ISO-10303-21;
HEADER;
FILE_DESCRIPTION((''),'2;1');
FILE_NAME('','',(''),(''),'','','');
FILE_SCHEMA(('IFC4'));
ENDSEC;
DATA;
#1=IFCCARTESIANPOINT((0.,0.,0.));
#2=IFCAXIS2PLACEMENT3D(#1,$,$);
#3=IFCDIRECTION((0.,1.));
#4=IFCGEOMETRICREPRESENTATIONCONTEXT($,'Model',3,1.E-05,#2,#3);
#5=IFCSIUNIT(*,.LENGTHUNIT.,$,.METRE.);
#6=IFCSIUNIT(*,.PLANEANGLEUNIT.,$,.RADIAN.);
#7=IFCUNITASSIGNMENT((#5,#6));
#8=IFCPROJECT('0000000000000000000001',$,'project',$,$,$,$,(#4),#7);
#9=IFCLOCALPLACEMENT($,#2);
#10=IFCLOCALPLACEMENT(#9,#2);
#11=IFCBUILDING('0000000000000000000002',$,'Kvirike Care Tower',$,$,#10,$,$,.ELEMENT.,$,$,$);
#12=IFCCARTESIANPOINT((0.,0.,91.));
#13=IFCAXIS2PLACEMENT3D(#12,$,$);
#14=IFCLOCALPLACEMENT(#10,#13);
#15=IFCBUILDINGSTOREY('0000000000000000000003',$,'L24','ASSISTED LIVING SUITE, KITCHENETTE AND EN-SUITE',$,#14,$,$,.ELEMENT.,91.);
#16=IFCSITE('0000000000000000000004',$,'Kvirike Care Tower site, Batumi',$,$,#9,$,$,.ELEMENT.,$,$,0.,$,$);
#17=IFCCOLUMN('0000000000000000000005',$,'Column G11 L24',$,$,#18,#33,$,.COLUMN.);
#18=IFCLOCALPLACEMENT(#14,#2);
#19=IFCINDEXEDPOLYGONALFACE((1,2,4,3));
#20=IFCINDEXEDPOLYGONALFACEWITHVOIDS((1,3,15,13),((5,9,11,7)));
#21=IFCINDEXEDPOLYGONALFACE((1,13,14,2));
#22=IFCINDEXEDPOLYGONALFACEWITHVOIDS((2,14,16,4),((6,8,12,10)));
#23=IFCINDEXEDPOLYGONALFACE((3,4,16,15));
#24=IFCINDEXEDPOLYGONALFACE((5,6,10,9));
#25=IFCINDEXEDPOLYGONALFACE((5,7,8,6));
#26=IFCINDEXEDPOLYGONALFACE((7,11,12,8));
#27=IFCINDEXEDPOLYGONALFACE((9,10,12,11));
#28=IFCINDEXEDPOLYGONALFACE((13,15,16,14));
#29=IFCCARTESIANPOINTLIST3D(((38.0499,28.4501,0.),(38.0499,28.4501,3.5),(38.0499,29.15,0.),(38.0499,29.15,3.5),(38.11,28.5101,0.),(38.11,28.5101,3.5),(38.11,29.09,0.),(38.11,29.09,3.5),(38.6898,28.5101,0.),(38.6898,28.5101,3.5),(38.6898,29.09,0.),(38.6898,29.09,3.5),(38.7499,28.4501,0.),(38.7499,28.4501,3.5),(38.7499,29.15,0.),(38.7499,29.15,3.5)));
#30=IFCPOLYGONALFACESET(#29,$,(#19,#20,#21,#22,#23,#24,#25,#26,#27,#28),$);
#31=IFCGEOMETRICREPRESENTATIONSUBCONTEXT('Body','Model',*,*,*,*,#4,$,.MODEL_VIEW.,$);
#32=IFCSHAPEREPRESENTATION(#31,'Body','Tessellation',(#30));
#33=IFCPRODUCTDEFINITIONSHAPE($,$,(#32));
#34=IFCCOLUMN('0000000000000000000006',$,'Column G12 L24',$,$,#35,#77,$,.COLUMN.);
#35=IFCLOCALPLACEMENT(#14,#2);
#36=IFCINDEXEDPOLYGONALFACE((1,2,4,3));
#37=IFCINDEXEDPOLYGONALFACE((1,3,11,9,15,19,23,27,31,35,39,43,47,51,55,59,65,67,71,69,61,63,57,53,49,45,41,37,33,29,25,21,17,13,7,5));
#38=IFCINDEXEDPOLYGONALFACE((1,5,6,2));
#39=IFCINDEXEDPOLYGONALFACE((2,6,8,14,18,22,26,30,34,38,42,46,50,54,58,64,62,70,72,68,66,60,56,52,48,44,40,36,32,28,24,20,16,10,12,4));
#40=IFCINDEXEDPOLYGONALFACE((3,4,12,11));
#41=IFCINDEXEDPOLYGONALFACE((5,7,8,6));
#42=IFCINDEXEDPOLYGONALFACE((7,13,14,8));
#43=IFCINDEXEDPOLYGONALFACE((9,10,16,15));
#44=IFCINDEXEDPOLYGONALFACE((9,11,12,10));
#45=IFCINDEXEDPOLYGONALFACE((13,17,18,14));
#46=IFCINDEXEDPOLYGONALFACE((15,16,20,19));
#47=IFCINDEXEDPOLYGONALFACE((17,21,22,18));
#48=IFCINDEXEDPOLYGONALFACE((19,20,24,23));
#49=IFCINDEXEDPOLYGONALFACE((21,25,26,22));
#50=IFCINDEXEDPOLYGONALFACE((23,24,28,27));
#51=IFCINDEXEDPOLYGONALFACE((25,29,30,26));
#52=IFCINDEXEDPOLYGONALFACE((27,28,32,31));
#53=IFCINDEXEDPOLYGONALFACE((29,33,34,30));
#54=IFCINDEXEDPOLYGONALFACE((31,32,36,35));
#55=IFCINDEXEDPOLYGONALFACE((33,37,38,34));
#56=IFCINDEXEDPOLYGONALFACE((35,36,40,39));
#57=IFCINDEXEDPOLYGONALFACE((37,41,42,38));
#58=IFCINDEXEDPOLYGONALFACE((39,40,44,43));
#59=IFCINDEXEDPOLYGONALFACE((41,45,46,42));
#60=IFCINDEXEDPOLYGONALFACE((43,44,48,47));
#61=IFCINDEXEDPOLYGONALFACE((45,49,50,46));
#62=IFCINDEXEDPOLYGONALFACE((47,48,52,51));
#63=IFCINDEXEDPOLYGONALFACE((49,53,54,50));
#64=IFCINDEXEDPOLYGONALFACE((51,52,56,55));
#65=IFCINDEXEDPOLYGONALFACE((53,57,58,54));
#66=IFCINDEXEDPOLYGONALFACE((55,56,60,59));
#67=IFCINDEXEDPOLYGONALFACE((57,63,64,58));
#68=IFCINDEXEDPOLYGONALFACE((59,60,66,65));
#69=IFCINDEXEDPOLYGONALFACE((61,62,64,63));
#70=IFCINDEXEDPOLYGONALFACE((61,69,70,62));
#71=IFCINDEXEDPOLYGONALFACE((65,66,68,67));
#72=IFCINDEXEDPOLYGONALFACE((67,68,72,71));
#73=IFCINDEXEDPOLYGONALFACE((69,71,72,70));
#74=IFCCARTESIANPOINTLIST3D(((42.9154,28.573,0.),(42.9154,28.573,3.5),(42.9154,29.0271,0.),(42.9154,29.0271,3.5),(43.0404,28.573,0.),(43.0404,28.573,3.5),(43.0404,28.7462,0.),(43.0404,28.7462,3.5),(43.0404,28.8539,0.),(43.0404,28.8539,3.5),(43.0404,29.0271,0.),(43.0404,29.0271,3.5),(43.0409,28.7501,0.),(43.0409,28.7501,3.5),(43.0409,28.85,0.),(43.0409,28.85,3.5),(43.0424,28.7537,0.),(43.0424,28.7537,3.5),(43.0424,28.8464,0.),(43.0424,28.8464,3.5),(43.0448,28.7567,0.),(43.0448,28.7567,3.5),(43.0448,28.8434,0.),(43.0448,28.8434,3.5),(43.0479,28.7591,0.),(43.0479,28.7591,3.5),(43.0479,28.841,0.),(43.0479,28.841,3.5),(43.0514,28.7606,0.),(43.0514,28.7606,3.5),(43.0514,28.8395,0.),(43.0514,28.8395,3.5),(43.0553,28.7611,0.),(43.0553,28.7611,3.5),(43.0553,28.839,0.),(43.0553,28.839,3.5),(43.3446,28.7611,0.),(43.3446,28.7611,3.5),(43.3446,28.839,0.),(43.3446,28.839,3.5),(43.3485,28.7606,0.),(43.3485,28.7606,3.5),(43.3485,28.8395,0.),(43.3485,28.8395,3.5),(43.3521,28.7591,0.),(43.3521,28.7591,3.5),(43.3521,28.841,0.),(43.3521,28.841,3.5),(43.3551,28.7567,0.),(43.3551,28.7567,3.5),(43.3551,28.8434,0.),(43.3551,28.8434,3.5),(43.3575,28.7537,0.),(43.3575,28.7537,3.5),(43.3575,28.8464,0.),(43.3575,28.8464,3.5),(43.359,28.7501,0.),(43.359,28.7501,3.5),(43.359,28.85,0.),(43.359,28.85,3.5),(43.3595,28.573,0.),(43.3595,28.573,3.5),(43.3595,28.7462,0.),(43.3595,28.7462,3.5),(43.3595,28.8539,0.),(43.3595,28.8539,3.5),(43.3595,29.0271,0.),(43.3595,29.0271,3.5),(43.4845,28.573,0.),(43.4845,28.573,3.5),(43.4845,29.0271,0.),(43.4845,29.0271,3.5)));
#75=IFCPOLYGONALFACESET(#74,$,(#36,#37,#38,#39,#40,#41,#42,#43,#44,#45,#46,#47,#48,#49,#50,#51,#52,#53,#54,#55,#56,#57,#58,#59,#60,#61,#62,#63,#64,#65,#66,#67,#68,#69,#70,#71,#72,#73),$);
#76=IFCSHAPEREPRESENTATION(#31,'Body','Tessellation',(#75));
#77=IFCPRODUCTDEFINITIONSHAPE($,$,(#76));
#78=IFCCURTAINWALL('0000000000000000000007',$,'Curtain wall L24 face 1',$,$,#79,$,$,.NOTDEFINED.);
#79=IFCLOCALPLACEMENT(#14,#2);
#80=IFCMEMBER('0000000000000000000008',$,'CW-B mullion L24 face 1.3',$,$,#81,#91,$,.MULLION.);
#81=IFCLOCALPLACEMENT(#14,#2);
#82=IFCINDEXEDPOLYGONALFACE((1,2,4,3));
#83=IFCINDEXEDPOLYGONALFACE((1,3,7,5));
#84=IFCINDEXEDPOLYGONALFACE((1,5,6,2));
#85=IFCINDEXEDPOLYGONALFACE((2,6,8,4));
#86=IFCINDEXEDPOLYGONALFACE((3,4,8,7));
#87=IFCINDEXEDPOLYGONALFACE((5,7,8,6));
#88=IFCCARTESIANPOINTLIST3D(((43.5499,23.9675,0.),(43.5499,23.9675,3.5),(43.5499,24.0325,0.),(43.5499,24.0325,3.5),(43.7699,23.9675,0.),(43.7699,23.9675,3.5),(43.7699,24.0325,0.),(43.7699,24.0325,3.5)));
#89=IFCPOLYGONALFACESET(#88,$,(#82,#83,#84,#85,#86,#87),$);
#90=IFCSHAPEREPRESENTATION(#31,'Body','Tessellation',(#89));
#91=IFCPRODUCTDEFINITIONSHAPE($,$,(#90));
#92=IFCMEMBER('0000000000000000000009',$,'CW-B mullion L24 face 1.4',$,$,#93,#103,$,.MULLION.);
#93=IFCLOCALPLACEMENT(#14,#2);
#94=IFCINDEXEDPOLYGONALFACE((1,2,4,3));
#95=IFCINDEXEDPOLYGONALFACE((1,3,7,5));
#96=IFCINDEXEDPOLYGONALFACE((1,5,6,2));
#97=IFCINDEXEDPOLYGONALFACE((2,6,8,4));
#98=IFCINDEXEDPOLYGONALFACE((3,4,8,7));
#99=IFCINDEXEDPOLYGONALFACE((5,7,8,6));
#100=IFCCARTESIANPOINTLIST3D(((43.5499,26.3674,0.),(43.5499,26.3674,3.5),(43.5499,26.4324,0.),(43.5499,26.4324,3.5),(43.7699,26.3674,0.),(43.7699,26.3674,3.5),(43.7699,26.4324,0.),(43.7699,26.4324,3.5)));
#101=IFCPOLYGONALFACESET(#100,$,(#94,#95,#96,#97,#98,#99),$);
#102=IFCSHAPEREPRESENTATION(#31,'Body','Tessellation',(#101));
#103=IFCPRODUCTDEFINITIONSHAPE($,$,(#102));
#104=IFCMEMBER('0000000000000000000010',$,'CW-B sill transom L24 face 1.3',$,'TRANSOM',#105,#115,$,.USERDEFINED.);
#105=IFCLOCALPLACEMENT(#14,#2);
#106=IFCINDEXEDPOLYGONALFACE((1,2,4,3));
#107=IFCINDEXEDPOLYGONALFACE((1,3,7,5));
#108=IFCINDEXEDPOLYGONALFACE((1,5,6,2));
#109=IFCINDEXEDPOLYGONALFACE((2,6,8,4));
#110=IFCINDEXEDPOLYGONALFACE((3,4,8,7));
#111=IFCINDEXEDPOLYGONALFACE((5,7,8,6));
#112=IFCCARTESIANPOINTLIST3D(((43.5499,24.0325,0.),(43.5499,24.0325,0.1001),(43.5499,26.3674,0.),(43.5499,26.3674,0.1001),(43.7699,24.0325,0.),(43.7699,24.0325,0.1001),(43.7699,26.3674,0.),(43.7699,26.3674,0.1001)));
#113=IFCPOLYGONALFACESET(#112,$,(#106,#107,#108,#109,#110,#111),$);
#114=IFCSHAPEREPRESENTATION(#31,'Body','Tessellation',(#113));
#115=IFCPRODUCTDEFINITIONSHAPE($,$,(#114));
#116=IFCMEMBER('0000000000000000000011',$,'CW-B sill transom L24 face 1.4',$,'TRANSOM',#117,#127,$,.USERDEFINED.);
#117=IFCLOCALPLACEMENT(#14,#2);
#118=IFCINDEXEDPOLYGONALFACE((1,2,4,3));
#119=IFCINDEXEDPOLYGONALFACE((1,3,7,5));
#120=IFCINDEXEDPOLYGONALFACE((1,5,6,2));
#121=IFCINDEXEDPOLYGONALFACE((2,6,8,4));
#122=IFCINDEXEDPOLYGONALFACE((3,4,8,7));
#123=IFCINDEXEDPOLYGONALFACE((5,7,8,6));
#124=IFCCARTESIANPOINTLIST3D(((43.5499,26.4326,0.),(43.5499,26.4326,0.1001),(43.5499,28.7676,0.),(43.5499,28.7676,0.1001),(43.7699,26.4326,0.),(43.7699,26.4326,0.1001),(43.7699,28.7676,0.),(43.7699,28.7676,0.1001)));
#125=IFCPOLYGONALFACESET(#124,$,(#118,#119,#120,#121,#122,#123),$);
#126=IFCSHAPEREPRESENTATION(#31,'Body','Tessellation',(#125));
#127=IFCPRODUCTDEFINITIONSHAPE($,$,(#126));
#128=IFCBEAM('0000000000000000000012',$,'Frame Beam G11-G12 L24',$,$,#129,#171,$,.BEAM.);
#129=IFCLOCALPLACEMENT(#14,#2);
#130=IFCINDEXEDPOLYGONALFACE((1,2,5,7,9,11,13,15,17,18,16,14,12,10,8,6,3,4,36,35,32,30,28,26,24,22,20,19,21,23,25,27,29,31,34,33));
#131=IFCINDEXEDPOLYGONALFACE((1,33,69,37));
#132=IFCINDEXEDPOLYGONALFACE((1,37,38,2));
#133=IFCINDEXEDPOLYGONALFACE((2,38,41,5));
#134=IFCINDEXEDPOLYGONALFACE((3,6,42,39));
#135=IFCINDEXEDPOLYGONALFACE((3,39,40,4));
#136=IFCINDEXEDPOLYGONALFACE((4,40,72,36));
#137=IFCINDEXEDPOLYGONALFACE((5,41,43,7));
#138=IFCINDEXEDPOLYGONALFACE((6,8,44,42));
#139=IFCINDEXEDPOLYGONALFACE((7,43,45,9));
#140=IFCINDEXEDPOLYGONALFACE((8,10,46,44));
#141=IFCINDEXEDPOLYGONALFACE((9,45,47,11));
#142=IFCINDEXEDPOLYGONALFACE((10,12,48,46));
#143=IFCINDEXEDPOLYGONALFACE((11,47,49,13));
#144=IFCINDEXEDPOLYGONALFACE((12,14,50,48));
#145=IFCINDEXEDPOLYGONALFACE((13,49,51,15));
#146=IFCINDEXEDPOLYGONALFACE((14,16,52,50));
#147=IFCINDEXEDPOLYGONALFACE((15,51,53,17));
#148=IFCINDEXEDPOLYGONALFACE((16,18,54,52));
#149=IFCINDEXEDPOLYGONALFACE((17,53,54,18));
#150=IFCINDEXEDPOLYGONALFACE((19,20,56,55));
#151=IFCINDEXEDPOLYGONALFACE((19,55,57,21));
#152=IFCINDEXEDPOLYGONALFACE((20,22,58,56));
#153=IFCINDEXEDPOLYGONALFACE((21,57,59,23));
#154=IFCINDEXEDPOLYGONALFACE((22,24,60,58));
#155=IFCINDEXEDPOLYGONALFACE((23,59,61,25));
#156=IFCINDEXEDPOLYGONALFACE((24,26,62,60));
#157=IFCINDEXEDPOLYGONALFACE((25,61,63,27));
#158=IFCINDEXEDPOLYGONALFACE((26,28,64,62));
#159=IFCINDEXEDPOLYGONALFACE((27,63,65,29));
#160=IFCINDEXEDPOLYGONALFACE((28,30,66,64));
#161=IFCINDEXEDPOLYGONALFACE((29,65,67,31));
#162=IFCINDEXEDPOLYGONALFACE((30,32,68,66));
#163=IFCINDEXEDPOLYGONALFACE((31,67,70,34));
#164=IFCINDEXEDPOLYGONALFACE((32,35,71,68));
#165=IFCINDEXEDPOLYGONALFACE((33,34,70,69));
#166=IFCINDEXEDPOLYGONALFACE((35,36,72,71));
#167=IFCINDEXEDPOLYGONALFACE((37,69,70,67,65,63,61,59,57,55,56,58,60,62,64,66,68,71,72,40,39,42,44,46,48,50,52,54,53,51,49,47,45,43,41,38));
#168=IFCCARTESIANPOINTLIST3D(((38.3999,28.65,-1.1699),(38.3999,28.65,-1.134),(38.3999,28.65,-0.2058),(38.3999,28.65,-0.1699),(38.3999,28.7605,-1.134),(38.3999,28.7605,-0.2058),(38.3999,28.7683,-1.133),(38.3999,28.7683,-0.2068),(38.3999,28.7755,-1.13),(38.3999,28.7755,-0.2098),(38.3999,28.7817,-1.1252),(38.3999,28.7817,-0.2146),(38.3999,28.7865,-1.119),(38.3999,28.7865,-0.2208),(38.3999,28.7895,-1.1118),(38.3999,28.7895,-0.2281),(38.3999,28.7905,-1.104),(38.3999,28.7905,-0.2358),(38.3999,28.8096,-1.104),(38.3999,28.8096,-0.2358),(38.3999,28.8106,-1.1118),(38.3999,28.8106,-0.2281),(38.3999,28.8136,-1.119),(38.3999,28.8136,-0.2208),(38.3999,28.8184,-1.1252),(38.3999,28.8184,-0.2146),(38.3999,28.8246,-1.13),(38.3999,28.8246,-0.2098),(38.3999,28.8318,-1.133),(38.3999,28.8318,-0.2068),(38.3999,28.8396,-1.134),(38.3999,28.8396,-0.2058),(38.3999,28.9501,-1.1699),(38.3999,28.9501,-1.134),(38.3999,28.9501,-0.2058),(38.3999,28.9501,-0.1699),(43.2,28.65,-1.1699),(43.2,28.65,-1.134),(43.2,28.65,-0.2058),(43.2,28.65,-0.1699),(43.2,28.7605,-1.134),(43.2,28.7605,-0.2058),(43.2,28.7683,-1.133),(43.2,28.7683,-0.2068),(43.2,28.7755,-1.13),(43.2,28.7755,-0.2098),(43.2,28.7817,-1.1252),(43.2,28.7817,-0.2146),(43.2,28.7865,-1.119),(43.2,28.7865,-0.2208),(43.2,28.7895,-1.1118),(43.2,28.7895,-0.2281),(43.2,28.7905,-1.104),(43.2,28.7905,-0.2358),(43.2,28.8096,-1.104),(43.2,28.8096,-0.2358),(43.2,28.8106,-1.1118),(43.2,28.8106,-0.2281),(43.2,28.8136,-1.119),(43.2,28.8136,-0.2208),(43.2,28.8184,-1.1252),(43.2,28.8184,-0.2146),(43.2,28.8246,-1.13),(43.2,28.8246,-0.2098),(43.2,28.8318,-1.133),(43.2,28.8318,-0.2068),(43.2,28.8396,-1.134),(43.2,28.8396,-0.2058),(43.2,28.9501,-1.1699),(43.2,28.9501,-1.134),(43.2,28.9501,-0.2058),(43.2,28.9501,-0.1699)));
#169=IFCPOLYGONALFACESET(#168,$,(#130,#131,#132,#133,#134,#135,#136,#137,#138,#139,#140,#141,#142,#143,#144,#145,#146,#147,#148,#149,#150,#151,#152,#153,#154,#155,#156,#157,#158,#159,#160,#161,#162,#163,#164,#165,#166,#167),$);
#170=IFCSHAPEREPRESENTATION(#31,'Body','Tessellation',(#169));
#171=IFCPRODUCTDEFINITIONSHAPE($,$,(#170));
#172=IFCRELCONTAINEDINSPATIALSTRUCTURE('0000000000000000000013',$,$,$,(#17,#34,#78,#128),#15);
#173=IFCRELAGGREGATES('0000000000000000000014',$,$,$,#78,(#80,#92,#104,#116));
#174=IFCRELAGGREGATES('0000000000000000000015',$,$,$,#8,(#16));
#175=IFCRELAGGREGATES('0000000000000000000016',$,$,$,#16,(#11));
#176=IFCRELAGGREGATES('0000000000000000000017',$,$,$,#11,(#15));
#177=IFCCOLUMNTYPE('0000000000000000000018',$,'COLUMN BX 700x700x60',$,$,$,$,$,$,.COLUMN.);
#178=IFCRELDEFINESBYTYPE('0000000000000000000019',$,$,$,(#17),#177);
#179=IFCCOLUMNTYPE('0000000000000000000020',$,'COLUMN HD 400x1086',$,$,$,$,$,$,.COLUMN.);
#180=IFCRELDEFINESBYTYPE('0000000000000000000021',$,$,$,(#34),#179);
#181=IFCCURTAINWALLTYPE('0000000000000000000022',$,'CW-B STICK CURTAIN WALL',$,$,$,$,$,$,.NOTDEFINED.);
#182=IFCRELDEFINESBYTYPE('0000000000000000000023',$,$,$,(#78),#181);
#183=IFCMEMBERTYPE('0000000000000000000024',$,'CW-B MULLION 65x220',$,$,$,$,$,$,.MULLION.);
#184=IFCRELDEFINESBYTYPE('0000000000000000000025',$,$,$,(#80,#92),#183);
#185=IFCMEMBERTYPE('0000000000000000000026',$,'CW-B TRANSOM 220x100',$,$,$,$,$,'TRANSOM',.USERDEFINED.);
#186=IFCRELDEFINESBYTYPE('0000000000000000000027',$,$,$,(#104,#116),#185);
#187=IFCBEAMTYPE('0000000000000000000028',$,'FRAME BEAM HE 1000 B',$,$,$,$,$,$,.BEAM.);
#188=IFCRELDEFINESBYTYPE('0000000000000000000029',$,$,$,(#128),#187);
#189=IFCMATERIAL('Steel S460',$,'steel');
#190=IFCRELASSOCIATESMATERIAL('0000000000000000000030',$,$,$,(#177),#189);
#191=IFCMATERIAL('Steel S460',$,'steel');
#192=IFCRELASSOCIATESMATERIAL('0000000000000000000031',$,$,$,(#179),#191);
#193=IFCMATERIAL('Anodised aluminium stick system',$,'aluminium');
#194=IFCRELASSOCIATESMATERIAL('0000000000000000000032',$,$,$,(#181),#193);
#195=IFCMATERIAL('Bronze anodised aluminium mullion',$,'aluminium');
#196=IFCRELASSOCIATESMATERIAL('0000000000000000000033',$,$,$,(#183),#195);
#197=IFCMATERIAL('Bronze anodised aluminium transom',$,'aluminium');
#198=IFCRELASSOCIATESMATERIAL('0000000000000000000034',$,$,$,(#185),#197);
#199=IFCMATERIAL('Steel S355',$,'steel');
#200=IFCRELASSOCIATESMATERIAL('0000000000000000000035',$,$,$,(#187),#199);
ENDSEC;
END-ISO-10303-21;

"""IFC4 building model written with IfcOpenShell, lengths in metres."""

from ifc_helpers import new_model, si_unit, direction, frame, origin, origin_2d, place, context, subcontext, project, spatial, rectangle, hollow_rectangle, i_section, extrude, material, material_profile, profile_set, type_object, element, aggregate, save


model = new_model("IFC4")

# Units and contexts
model_context = context("Model", 3, precision=1e-05, world=origin(), true_north=direction((0.0, 1.0)))
body_context = subcontext(model_context, "Body", "Model", "MODEL_VIEW")
ifc_project = project(units=[si_unit("LENGTHUNIT", "METRE"), si_unit("PLANEANGLEUNIT", "RADIAN")], contexts=[model_context])

# Site, building, storey
site_placement = place(None, origin())
site = spatial("IfcSite", under=ifc_project, at=site_placement, Name="Kvirike Care Tower site, Batumi", CompositionType="ELEMENT", RefElevation=0.0)
building_placement = place(site_placement, origin())
building = spatial("IfcBuilding", under=site, at=building_placement, Name="Kvirike Care Tower", CompositionType="ELEMENT")
storey_placement = place(building_placement, frame((0.0, 0.0, 91.0)))
storey = spatial("IfcBuildingStorey", under=building, at=storey_placement, Name="L24", Description="ASSISTED LIVING SUITE, KITCHENETTE AND EN-SUITE", CompositionType="ELEMENT", Elevation=91.0)

# Columns
ifc_material_1 = material(Name="Steel S460", Category="steel")
ifc_material_profile_1 = material_profile(ifc_material_1, hollow_rectangle(XDim=0.7, YDim=0.7, WallThickness=0.0601, at=origin_2d()), Name="BX 700x700x60")
ifc_profile_set_1 = profile_set([ifc_material_profile_1], Name="Steel S460")
column_type_1 = type_object("IfcColumnType", Name="COLUMN BX 700x700x60", PredefinedType="COLUMN", material=ifc_profile_set_1)
column_1_placement = place(storey_placement, frame((38.3999, 28.8, 0.0), z_axis=(0.0, 0.0, 1.0), x_axis=(0.0, 1.0, 0.0)))
element("IfcColumn", 1, at=column_1_placement, inside=storey, type_object=column_type_1, Name="Column G11 L24", PredefinedType="COLUMN", context=body_context, shape_type="SweptSolid", body=[
    extrude(hollow_rectangle(XDim=0.7, YDim=0.7, WallThickness=0.0601, at=origin_2d()), origin(), (0.0, 0.0, 1.0), 3.5),
])
ifc_material_2 = material(Name="Steel S460", Category="steel")
ifc_material_profile_2 = material_profile(ifc_material_2, i_section(OverallWidth=0.4541, OverallDepth=0.5691, WebThickness=0.0779, FlangeThickness=0.125, FilletRadius=0.0149, at=origin_2d()), Name="HD 400x1086")
ifc_profile_set_2 = profile_set([ifc_material_profile_2], Name="Steel S460")
column_type_2 = type_object("IfcColumnType", Name="COLUMN HD 400x1086", PredefinedType="COLUMN", material=ifc_profile_set_2)
column_2_placement = place(storey_placement, frame((43.2, 28.8, 0.0), z_axis=(0.0, 0.0, 1.0), x_axis=(0.0, 1.0, 0.0)))
element("IfcColumn", 2, at=column_2_placement, inside=storey, type_object=column_type_2, Name="Column G12 L24", PredefinedType="COLUMN", context=body_context, shape_type="SweptSolid", body=[
    extrude(i_section(OverallWidth=0.4541, OverallDepth=0.5691, WebThickness=0.0779, FlangeThickness=0.125, FilletRadius=0.0149, at=origin_2d()), origin(), (0.0, 0.0, 1.0), 3.5),
])

# Curtain wall, members
ifc_material_3 = material(Name="Anodised aluminium stick system", Category="aluminium")
curtain_wall_type = type_object("IfcCurtainWallType", Name="CW-B STICK CURTAIN WALL", PredefinedType="NOTDEFINED", material=ifc_material_3)
curtain_wall_placement = place(storey_placement, origin())
curtain_wall = element("IfcCurtainWall", 3, at=curtain_wall_placement, inside=storey, type_object=curtain_wall_type, Name="Curtain wall L24 face 1", PredefinedType="NOTDEFINED")
ifc_material_4 = material(Name="Bronze anodised aluminium mullion", Category="aluminium")
ifc_material_profile_3 = material_profile(ifc_material_4, rectangle(XDim=0.0649, YDim=0.22, at=origin_2d()), Name="CW-B MULLION 65x220")
ifc_profile_set_3 = profile_set([ifc_material_profile_3], Name="Bronze anodised aluminium mullion")
member_type_1 = type_object("IfcMemberType", Name="CW-B MULLION 65x220", PredefinedType="MULLION", material=ifc_profile_set_3)
member_1_placement = place(storey_placement, frame((43.6599, 24.0, 0.0), z_axis=(0.0, 0.0, 1.0), x_axis=(0.0, 1.0, 0.0)))
member_1 = element("IfcMember", 4, at=member_1_placement, type_object=member_type_1, Name="CW-B mullion L24 face 1.3", PredefinedType="MULLION", context=body_context, shape_type="SweptSolid", body=[
    extrude(rectangle(XDim=0.0649, YDim=0.22, at=origin_2d()), origin(), (0.0, 0.0, 1.0), 3.5),
])
member_2_placement = place(storey_placement, frame((43.6599, 26.3999, 0.0), z_axis=(0.0, 0.0, 1.0), x_axis=(0.0, 1.0, 0.0)))
member_2 = element("IfcMember", 5, at=member_2_placement, type_object=member_type_1, Name="CW-B mullion L24 face 1.4", PredefinedType="MULLION", context=body_context, shape_type="SweptSolid", body=[
    extrude(rectangle(XDim=0.0649, YDim=0.22, at=origin_2d()), origin(), (0.0, 0.0, 1.0), 3.5),
])
ifc_material_5 = material(Name="Bronze anodised aluminium transom", Category="aluminium")
ifc_material_profile_4 = material_profile(ifc_material_5, rectangle(XDim=0.22, YDim=0.1001, at=origin_2d()), Name="CW-B TRANSOM 220x100")
ifc_profile_set_4 = profile_set([ifc_material_profile_4], Name="Bronze anodised aluminium transom")
member_type_2 = type_object("IfcMemberType", Name="CW-B TRANSOM 220x100", ElementType="TRANSOM", PredefinedType="USERDEFINED", material=ifc_profile_set_4)
member_3_placement = place(storey_placement, frame((43.6599, 24.0325, 0.05), z_axis=(0.0, 1.0, 0.0), x_axis=(-1.0, 0.0, 0.0)))
member_3 = element("IfcMember", 6, at=member_3_placement, type_object=member_type_2, Name="CW-B sill transom L24 face 1.3", ObjectType="TRANSOM", PredefinedType="USERDEFINED", context=body_context, shape_type="SweptSolid", body=[
    extrude(rectangle(XDim=0.22, YDim=0.1001, at=origin_2d()), origin(), (0.0, 0.0, 1.0), 2.335),
])
member_4_placement = place(storey_placement, frame((43.6599, 26.4326, 0.05), z_axis=(0.0, 1.0, 0.0), x_axis=(-1.0, 0.0, 0.0)))
member_4 = element("IfcMember", 7, at=member_4_placement, type_object=member_type_2, Name="CW-B sill transom L24 face 1.4", ObjectType="TRANSOM", PredefinedType="USERDEFINED", context=body_context, shape_type="SweptSolid", body=[
    extrude(rectangle(XDim=0.22, YDim=0.1001, at=origin_2d()), origin(), (0.0, 0.0, 1.0), 2.335),
])

# Beam
ifc_material_6 = material(Name="Steel S355", Category="steel")
ifc_material_profile_5 = material_profile(ifc_material_6, i_section(OverallWidth=0.3, OverallDepth=1.0, WebThickness=0.019, FlangeThickness=0.0359, FilletRadius=0.03, at=origin_2d()), Name="HE 1000 B")
ifc_profile_set_5 = profile_set([ifc_material_profile_5], Name="Steel S355")
beam_type_1 = type_object("IfcBeamType", Name="FRAME BEAM HE 1000 B", PredefinedType="BEAM", material=ifc_profile_set_5)
beam_placement = place(storey_placement, frame((38.3999, 28.8, -0.6699), z_axis=(1.0, 0.0, 0.0), x_axis=(0.0, 1.0, 0.0)))
element("IfcBeam", 8, at=beam_placement, inside=storey, type_object=beam_type_1, Name="Frame Beam G11-G12 L24", PredefinedType="BEAM", context=body_context, shape_type="SweptSolid", body=[
    extrude(i_section(OverallWidth=0.3, OverallDepth=1.0, WebThickness=0.019, FlangeThickness=0.0359, FilletRadius=0.03, at=origin_2d()), origin(), (0.0, 0.0, 1.0), 4.8),
])

aggregate(curtain_wall, [member_1, member_2, member_3, member_4])

save(model, "model.ifc")
